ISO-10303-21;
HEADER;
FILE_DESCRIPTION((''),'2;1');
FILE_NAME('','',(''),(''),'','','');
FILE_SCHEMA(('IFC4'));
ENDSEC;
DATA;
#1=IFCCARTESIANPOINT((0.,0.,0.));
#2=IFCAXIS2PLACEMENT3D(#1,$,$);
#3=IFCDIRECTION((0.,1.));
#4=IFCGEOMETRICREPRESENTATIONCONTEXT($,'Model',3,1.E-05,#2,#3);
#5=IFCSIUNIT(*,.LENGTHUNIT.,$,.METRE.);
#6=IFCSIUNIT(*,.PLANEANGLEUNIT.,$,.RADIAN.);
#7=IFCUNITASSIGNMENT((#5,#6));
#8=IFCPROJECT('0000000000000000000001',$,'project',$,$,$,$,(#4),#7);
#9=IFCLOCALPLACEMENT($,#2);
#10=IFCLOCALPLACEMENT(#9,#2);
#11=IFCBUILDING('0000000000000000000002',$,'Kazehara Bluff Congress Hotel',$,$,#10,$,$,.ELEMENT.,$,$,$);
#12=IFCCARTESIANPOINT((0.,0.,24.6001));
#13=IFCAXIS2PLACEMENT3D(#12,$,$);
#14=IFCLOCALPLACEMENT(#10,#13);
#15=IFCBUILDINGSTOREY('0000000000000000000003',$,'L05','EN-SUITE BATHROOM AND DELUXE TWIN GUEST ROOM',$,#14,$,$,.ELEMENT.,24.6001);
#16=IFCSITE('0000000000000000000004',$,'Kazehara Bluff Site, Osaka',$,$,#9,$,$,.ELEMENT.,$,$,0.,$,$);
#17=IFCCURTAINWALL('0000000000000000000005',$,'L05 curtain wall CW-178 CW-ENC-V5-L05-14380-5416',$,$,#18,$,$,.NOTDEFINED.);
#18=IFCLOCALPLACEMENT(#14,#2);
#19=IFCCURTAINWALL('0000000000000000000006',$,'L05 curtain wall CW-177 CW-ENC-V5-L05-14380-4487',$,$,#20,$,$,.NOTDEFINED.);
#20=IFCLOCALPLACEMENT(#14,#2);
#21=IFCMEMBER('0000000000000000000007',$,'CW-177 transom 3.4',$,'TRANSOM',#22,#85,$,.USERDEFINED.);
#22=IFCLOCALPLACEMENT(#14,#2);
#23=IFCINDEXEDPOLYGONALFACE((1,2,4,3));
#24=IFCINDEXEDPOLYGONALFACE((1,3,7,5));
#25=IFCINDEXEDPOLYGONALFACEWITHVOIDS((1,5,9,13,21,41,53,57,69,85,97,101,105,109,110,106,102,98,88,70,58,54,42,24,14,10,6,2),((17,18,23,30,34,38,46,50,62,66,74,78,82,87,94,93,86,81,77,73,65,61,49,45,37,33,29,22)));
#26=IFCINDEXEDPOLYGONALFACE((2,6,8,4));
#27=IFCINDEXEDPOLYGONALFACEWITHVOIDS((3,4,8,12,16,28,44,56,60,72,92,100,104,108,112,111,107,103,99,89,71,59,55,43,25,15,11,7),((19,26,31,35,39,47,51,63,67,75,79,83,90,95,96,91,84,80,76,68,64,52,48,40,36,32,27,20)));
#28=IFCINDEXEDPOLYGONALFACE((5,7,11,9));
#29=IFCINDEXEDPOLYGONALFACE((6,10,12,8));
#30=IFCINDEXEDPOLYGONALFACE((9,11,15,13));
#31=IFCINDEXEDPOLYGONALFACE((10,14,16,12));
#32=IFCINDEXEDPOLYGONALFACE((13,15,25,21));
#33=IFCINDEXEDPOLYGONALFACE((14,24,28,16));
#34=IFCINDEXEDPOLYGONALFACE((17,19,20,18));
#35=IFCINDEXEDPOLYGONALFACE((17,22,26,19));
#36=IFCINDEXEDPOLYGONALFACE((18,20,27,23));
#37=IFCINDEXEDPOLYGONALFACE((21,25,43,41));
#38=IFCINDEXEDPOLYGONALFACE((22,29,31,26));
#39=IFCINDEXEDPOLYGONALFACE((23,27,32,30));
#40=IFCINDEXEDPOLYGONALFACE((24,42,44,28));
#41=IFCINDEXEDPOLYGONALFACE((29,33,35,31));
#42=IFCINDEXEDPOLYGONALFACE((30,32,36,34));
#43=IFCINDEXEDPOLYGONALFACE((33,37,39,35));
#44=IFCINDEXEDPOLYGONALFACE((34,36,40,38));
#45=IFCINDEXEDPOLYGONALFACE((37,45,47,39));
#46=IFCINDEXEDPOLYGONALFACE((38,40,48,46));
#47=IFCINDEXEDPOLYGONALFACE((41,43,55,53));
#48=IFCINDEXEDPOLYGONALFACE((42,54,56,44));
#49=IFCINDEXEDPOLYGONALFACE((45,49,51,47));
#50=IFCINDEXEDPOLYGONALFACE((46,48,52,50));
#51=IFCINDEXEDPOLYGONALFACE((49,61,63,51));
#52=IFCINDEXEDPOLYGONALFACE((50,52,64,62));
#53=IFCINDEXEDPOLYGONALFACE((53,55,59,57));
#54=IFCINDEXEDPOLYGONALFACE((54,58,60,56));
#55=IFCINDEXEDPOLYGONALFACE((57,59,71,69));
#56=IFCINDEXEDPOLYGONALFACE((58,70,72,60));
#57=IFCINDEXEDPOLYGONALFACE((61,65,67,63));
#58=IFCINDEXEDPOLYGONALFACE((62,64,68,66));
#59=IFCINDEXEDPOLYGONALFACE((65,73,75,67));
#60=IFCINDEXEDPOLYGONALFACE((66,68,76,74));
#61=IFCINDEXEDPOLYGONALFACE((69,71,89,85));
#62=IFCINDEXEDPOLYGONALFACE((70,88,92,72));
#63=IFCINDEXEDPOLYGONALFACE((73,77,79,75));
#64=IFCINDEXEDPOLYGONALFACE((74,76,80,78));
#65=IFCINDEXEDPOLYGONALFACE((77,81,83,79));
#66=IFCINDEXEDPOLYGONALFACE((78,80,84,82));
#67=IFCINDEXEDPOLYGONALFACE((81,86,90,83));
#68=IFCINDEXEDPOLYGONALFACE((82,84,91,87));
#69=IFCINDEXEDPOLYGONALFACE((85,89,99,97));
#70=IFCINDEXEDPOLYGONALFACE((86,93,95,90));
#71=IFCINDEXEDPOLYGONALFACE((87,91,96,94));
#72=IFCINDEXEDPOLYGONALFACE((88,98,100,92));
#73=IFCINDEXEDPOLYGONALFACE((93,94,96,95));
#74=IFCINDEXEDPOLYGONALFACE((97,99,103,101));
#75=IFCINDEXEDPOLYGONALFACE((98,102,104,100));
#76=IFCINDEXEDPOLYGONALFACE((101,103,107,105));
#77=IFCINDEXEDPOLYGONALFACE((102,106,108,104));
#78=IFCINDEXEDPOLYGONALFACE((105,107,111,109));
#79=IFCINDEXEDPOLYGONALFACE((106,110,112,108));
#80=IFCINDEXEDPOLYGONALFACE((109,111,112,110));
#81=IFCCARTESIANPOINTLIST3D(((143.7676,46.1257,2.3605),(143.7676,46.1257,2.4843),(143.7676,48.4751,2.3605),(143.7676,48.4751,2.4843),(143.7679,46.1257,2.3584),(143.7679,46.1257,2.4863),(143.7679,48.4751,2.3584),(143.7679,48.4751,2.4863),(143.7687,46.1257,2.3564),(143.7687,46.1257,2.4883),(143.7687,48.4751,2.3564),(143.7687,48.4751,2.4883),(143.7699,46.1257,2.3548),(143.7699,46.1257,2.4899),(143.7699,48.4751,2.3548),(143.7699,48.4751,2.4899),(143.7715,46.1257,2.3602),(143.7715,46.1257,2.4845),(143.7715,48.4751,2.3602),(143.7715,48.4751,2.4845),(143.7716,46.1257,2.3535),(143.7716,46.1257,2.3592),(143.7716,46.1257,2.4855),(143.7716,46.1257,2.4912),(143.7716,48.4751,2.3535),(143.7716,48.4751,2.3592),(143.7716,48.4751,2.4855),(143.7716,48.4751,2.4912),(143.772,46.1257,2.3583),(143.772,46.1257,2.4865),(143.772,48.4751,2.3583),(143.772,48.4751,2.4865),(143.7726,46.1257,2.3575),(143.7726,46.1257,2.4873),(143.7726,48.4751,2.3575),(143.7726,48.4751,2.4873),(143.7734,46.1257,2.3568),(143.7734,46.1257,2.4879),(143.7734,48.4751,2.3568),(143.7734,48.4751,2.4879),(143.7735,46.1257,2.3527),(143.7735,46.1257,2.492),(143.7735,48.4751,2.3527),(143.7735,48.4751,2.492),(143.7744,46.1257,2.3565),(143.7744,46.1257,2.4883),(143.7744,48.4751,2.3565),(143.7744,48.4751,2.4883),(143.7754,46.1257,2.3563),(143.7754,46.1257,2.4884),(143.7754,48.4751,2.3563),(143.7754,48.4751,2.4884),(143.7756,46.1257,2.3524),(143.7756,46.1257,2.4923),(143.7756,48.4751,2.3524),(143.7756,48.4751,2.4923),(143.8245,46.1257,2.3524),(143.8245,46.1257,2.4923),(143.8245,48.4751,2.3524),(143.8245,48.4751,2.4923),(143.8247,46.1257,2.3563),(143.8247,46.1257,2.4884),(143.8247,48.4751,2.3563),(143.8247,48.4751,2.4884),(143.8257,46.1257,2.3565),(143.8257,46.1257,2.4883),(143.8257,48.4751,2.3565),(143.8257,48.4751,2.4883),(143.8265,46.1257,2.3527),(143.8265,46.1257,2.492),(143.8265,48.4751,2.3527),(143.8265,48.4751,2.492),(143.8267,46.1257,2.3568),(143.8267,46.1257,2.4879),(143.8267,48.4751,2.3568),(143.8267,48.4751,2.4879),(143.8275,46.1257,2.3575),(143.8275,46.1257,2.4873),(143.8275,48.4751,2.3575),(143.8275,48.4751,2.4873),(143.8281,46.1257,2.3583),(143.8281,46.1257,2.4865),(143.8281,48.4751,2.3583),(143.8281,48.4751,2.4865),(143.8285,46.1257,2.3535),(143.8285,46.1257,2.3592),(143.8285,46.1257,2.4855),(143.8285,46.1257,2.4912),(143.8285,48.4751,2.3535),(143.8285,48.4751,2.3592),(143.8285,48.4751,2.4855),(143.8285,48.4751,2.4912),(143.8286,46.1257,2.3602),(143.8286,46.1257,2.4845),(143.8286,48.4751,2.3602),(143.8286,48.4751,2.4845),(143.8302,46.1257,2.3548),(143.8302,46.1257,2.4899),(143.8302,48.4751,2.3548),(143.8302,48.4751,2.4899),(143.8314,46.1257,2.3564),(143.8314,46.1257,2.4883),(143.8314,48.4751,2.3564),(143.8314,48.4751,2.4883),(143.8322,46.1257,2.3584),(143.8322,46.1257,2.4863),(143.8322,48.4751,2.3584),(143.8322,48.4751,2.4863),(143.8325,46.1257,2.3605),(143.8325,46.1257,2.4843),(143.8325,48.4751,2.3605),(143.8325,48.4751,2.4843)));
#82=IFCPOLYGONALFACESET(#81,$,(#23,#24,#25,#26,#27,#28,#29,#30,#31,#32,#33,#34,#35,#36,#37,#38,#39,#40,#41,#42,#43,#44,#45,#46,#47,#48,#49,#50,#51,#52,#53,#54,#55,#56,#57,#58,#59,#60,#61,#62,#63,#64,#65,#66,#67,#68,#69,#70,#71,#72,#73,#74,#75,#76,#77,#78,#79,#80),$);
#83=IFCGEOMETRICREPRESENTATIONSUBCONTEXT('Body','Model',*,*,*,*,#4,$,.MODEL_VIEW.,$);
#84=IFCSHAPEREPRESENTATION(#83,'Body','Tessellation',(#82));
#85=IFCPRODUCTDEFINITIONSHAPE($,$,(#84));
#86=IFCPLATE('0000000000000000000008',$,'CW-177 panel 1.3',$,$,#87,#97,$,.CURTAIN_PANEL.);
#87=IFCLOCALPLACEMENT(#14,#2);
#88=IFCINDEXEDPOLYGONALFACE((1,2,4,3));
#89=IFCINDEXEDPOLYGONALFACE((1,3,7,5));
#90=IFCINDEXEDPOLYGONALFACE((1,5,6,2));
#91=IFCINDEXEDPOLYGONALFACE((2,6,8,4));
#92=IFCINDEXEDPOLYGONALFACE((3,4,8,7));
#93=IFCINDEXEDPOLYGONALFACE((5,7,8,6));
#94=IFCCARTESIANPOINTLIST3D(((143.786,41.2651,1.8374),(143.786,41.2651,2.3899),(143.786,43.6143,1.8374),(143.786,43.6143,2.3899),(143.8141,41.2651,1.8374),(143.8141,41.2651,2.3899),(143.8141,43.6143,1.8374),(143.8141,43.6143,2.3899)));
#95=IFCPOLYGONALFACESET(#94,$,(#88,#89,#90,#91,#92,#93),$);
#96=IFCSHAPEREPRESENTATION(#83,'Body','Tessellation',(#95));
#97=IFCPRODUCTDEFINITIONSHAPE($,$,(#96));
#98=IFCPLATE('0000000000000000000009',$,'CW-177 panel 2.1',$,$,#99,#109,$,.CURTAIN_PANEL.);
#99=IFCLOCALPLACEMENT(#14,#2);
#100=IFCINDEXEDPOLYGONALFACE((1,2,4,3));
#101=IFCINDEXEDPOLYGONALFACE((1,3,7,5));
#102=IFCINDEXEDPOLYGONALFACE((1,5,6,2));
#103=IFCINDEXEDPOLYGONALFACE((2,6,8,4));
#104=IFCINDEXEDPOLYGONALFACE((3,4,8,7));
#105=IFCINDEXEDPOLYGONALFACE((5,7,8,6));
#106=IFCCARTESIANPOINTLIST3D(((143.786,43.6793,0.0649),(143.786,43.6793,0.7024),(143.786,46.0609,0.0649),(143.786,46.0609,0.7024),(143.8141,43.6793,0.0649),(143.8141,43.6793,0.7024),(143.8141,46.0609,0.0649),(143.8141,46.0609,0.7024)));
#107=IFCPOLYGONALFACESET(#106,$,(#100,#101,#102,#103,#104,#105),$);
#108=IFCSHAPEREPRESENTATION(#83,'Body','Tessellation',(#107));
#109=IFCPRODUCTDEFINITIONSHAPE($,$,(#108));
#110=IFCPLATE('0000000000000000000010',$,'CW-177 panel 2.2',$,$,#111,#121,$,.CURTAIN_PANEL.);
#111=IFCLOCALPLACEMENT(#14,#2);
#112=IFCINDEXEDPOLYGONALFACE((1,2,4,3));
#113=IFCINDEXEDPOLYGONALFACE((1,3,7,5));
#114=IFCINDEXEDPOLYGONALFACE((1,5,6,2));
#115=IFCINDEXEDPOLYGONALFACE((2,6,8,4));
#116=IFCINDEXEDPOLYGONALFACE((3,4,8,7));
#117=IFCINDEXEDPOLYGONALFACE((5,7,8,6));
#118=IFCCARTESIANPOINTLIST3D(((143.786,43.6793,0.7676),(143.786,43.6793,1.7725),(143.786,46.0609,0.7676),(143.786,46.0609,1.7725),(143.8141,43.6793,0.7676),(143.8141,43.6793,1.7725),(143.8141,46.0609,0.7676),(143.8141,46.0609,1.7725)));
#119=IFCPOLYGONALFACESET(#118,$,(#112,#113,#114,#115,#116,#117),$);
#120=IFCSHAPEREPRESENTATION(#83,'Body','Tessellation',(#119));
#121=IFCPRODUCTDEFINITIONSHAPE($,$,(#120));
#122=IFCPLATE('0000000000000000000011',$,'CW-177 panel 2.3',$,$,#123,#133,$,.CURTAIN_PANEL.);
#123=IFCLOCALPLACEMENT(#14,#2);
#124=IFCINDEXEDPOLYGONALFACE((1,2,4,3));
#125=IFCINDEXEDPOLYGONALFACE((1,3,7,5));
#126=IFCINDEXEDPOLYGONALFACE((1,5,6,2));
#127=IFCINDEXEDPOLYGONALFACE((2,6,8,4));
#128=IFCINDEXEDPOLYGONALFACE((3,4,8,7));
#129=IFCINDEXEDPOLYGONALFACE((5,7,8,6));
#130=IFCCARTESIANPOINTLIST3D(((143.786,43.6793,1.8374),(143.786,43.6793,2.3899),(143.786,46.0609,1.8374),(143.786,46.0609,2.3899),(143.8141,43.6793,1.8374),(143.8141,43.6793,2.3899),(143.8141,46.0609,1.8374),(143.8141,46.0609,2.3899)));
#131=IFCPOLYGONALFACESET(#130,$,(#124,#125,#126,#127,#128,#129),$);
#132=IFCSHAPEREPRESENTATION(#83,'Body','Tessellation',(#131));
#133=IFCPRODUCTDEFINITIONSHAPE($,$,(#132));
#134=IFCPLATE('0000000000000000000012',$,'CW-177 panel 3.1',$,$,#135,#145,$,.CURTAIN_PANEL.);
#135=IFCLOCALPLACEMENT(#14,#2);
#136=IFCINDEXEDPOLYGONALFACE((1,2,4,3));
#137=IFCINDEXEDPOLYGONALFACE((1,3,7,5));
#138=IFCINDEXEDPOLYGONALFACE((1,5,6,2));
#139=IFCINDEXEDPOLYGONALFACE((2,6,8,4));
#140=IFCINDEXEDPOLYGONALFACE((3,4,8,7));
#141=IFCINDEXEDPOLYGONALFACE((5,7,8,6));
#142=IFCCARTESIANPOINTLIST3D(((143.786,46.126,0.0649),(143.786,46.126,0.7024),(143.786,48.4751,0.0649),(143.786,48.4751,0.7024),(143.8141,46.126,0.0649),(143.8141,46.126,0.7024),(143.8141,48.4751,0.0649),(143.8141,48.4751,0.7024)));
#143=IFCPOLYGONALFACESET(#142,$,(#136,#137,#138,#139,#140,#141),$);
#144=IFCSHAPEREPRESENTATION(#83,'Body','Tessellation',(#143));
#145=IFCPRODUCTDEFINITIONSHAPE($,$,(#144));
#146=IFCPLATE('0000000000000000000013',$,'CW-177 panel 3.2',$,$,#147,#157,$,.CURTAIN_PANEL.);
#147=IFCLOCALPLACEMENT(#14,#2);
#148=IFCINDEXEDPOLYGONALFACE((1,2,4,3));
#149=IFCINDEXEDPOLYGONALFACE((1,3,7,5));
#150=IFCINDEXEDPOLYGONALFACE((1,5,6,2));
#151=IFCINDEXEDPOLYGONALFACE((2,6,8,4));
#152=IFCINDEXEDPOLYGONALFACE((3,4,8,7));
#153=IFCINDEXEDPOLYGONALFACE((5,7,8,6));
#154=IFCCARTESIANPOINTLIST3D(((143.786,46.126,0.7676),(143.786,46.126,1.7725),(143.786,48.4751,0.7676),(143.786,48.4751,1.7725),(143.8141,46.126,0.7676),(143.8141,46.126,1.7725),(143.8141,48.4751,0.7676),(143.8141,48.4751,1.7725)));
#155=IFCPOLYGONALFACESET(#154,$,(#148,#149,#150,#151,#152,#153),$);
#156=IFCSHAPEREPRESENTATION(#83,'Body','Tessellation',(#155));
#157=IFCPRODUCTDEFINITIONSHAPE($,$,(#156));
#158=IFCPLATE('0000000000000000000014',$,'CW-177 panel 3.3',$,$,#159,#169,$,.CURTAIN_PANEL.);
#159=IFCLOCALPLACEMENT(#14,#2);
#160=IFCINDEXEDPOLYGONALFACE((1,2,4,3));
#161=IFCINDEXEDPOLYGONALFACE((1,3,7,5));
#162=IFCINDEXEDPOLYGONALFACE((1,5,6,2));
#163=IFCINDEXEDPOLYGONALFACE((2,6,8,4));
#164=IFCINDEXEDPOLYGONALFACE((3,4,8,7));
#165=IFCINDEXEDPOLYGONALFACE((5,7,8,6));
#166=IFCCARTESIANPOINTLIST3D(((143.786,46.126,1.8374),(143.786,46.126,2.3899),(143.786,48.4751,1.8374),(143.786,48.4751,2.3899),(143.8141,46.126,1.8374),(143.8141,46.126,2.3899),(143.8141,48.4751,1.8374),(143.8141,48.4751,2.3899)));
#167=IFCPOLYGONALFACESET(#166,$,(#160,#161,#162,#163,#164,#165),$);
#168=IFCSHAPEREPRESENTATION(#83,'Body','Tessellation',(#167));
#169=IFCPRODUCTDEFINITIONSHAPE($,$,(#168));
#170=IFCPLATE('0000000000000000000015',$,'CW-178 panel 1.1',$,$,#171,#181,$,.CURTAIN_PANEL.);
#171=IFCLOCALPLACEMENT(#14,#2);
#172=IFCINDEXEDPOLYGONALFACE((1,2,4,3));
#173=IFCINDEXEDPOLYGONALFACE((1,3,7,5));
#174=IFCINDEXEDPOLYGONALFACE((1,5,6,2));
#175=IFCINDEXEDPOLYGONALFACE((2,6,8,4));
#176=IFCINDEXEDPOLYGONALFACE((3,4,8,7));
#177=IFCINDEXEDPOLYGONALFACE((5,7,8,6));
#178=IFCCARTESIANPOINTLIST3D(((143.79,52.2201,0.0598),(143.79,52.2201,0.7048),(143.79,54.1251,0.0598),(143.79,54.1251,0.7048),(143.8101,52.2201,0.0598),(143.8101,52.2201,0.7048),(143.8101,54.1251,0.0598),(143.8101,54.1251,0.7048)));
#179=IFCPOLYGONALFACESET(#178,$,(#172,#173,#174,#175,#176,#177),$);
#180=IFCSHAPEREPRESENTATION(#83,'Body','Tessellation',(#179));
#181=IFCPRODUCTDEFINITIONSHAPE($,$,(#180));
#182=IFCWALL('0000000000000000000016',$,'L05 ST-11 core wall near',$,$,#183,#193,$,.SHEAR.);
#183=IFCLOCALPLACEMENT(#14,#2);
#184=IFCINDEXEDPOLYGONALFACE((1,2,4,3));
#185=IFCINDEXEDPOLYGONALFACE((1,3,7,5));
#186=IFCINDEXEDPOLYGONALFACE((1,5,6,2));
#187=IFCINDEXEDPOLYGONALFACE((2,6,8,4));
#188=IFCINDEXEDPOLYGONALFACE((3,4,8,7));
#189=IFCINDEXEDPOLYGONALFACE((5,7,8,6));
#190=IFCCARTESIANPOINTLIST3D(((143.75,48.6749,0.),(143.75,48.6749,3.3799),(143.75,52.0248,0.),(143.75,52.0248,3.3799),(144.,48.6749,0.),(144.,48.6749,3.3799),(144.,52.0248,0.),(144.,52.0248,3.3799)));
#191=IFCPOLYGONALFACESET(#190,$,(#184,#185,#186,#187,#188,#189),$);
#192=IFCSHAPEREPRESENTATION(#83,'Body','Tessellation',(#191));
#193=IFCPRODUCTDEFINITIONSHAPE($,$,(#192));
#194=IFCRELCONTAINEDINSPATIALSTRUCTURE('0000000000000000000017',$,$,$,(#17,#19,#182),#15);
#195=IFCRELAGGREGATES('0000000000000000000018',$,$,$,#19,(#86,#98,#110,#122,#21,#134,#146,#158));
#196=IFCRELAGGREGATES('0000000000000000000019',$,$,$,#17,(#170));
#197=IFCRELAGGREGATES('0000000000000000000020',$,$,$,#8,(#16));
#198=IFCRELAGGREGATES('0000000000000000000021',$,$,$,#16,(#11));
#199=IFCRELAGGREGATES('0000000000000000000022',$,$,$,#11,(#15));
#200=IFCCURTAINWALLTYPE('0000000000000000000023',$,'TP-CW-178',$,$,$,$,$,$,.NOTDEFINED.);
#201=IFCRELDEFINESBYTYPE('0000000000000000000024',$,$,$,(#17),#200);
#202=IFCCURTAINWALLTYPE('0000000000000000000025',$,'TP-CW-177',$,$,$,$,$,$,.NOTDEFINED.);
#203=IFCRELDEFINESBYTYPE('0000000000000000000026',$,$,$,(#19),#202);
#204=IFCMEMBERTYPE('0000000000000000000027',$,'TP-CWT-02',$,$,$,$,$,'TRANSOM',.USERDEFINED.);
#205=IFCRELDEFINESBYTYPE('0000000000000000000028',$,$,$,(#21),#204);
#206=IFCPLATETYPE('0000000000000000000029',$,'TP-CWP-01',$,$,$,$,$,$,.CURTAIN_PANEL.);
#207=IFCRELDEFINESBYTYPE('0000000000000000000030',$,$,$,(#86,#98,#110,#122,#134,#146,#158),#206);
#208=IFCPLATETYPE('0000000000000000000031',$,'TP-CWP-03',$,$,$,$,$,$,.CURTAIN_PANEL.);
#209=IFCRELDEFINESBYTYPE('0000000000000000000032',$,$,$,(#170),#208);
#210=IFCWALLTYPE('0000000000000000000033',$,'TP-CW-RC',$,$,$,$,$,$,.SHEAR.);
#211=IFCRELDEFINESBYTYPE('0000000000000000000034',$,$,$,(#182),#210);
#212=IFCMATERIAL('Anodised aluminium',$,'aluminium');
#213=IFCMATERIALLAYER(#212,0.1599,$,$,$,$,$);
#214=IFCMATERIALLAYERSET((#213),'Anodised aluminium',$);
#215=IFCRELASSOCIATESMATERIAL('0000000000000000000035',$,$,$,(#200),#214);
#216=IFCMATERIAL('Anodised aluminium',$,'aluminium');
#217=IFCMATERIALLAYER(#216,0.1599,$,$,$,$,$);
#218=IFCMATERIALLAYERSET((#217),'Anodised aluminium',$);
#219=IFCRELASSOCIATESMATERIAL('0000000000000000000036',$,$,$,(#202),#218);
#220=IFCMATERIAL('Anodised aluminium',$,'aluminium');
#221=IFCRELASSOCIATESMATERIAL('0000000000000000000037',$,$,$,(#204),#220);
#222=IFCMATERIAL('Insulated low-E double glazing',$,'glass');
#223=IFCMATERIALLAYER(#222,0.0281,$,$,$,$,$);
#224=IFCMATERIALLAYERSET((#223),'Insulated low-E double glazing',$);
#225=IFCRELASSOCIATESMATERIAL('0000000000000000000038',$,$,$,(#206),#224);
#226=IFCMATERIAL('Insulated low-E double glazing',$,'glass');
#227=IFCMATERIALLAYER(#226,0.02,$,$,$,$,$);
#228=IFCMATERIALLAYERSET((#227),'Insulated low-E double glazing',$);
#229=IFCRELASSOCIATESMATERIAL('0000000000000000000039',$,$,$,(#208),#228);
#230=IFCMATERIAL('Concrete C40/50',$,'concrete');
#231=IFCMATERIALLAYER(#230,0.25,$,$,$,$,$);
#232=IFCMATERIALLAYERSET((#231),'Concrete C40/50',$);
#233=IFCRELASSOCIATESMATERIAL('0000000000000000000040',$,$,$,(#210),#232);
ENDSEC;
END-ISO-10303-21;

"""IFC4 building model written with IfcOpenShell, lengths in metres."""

from ifc_helpers import new_model, si_unit, direction, frame, frame_2d, origin, origin_2d, place, context, subcontext, project, spatial, rectangle, hollow_rectangle, extrude, material, layer, layer_set, material_profile, profile_set, type_object, element, aggregate, save


model = new_model("IFC4")

# Units and contexts
model_context = context("Model", 3, precision=1e-05, world=origin(), true_north=direction((0.0, 1.0)))
body_context = subcontext(model_context, "Body", "Model", "MODEL_VIEW")
ifc_project = project(units=[si_unit("LENGTHUNIT", "METRE"), si_unit("PLANEANGLEUNIT", "RADIAN")], contexts=[model_context])

# Site, building, storey
site_placement = place(None, origin())
site = spatial("IfcSite", under=ifc_project, at=site_placement, Name="Kazehara Bluff Site, Osaka", CompositionType="ELEMENT", RefElevation=0.0)
building_placement = place(site_placement, origin())
building = spatial("IfcBuilding", under=site, at=building_placement, Name="Kazehara Bluff Congress Hotel", CompositionType="ELEMENT")
storey_placement = place(building_placement, frame((0.0, 0.0, 24.6001)))
storey = spatial("IfcBuildingStorey", under=building, at=storey_placement, Name="L05", Description="EN-SUITE BATHROOM AND DELUXE TWIN GUEST ROOM", CompositionType="ELEMENT", Elevation=24.6001)

# Curtain wall
ifc_material_1 = material(Name="Anodised aluminium", Category="aluminium")
ifc_layer_1 = layer(ifc_material_1, 0.1599)
ifc_layer_set_1 = layer_set([ifc_layer_1], Name="Anodised aluminium")
curtain_wall_type_1 = type_object("IfcCurtainWallType", Name="TP-CW-178", PredefinedType="NOTDEFINED", material=ifc_layer_set_1)
curtain_wall_1_placement = place(storey_placement, origin())
curtain_wall_1 = element("IfcCurtainWall", 1, at=curtain_wall_1_placement, inside=storey, type_object=curtain_wall_type_1, Name="L05 curtain wall CW-178 CW-ENC-V5-L05-14380-5416", PredefinedType="NOTDEFINED")

# Curtain wall, member, plates
ifc_material_2 = material(Name="Anodised aluminium", Category="aluminium")
ifc_layer_2 = layer(ifc_material_2, 0.1599)
ifc_layer_set_2 = layer_set([ifc_layer_2], Name="Anodised aluminium")
curtain_wall_type_2 = type_object("IfcCurtainWallType", Name="TP-CW-177", PredefinedType="NOTDEFINED", material=ifc_layer_set_2)
curtain_wall_2_placement = place(storey_placement, origin())
curtain_wall_2 = element("IfcCurtainWall", 2, at=curtain_wall_2_placement, inside=storey, type_object=curtain_wall_type_2, Name="L05 curtain wall CW-177 CW-ENC-V5-L05-14380-4487", PredefinedType="NOTDEFINED")
ifc_material_3 = material(Name="Anodised aluminium", Category="aluminium")
ifc_material_profile_1 = material_profile(ifc_material_3, hollow_rectangle(XDim=0.0649, YDim=0.1399, WallThickness=0.0039, InnerFilletRadius=0.0039, OuterFilletRadius=0.0081, at=origin_2d()))
ifc_profile_set_1 = profile_set([ifc_material_profile_1], Name="Anodised aluminium")
member_type_1 = type_object("IfcMemberType", Name="TP-CWT-02", ElementType="TRANSOM", PredefinedType="USERDEFINED", material=ifc_profile_set_1)
member_1_placement = place(storey_placement, frame((143.8, 46.1257, 2.4224), z_axis=(0.0, 1.0, 0.0), x_axis=(-1.0, 0.0, 0.0)))
member_1 = element("IfcMember", 3, at=member_1_placement, type_object=member_type_1, Name="CW-177 transom 3.4", ObjectType="TRANSOM", PredefinedType="USERDEFINED", context=body_context, shape_type="SweptSolid", body=[
    extrude(hollow_rectangle(XDim=0.0649, YDim=0.1399, WallThickness=0.0039, InnerFilletRadius=0.0039, OuterFilletRadius=0.0081, at=origin_2d()), origin(), (0.0, 0.0, 1.0), 2.3494),
])
ifc_material_4 = material(Name="Insulated low-E double glazing", Category="glass")
ifc_layer_3 = layer(ifc_material_4, 0.0281)
ifc_layer_set_3 = layer_set([ifc_layer_3], Name="Insulated low-E double glazing")
plate_type_1 = type_object("IfcPlateType", Name="TP-CWP-01", PredefinedType="CURTAIN_PANEL", material=ifc_layer_set_3)
plate_1_placement = place(storey_placement, frame((143.8, 42.4397, 1.8374), z_axis=(0.0, 0.0, 1.0), x_axis=(0.0, 1.0, 0.0)))
plate_1 = element("IfcPlate", 4, at=plate_1_placement, type_object=plate_type_1, Name="CW-177 panel 1.3", PredefinedType="CURTAIN_PANEL", context=body_context, shape_type="SweptSolid", body=[
    extrude(rectangle(XDim=2.3491, YDim=0.0281, at=origin_2d()), origin(), (0.0, 0.0, 1.0), 0.5525),
])
plate_2_placement = place(storey_placement, frame((143.8, 44.8701, 0.0649), z_axis=(0.0, 0.0, 1.0), x_axis=(0.0, 1.0, 0.0)))
plate_2 = element("IfcPlate", 5, at=plate_2_placement, type_object=plate_type_1, Name="CW-177 panel 2.1", PredefinedType="CURTAIN_PANEL", context=body_context, shape_type="SweptSolid", body=[
    extrude(rectangle(XDim=2.3816, YDim=0.0281, at=origin_2d()), origin(), (0.0, 0.0, 1.0), 0.6375),
])
plate_3_placement = place(storey_placement, frame((143.8, 44.8701, 0.7676), z_axis=(0.0, 0.0, 1.0), x_axis=(0.0, 1.0, 0.0)))
plate_3 = element("IfcPlate", 6, at=plate_3_placement, type_object=plate_type_1, Name="CW-177 panel 2.2", PredefinedType="CURTAIN_PANEL", context=body_context, shape_type="SweptSolid", body=[
    extrude(rectangle(XDim=2.3816, YDim=0.0281, at=origin_2d()), origin(), (0.0, 0.0, 1.0), 1.0049),
])
plate_4_placement = place(storey_placement, frame((143.8, 44.8701, 1.8374), z_axis=(0.0, 0.0, 1.0), x_axis=(0.0, 1.0, 0.0)))
plate_4 = element("IfcPlate", 7, at=plate_4_placement, type_object=plate_type_1, Name="CW-177 panel 2.3", PredefinedType="CURTAIN_PANEL", context=body_context, shape_type="SweptSolid", body=[
    extrude(rectangle(XDim=2.3816, YDim=0.0281, at=origin_2d()), origin(), (0.0, 0.0, 1.0), 0.5525),
])
plate_5_placement = place(storey_placement, frame((143.8, 47.3005, 0.0649), z_axis=(0.0, 0.0, 1.0), x_axis=(0.0, 1.0, 0.0)))
plate_5 = element("IfcPlate", 8, at=plate_5_placement, type_object=plate_type_1, Name="CW-177 panel 3.1", PredefinedType="CURTAIN_PANEL", context=body_context, shape_type="SweptSolid", body=[
    extrude(rectangle(XDim=2.3491, YDim=0.0281, at=origin_2d()), origin(), (0.0, 0.0, 1.0), 0.6375),
])
plate_6_placement = place(storey_placement, frame((143.8, 47.3005, 0.7676), z_axis=(0.0, 0.0, 1.0), x_axis=(0.0, 1.0, 0.0)))
plate_6 = element("IfcPlate", 9, at=plate_6_placement, type_object=plate_type_1, Name="CW-177 panel 3.2", PredefinedType="CURTAIN_PANEL", context=body_context, shape_type="SweptSolid", body=[
    extrude(rectangle(XDim=2.3491, YDim=0.0281, at=origin_2d()), origin(), (0.0, 0.0, 1.0), 1.0049),
])
plate_7_placement = place(storey_placement, frame((143.8, 47.3005, 1.8374), z_axis=(0.0, 0.0, 1.0), x_axis=(0.0, 1.0, 0.0)))
plate_7 = element("IfcPlate", 10, at=plate_7_placement, type_object=plate_type_1, Name="CW-177 panel 3.3", PredefinedType="CURTAIN_PANEL", context=body_context, shape_type="SweptSolid", body=[
    extrude(rectangle(XDim=2.3491, YDim=0.0281, at=origin_2d()), origin(), (0.0, 0.0, 1.0), 0.5525),
])
aggregate(curtain_wall_2, [plate_1, plate_2, plate_3, plate_4, member_1, plate_5, plate_6, plate_7])

# Plate
ifc_material_5 = material(Name="Insulated low-E double glazing", Category="glass")
ifc_layer_4 = layer(ifc_material_5, 0.02)
ifc_layer_set_4 = layer_set([ifc_layer_4], Name="Insulated low-E double glazing")
plate_type_2 = type_object("IfcPlateType", Name="TP-CWP-03", PredefinedType="CURTAIN_PANEL", material=ifc_layer_set_4)
plate_8_placement = place(storey_placement, frame((143.8, 53.1726, 0.0598), z_axis=(0.0, 0.0, 1.0), x_axis=(0.0, 1.0, 0.0)))
plate_8 = element("IfcPlate", 11, at=plate_8_placement, type_object=plate_type_2, Name="CW-178 panel 1.1", PredefinedType="CURTAIN_PANEL", context=body_context, shape_type="SweptSolid", body=[
    extrude(rectangle(XDim=1.905, YDim=0.02, at=origin_2d()), origin(), (0.0, 0.0, 1.0), 0.645),
])
aggregate(curtain_wall_1, [plate_8])

# Wall
ifc_material_6 = material(Name="Concrete C40/50", Category="concrete")
ifc_layer_5 = layer(ifc_material_6, 0.25)
ifc_layer_set_5 = layer_set([ifc_layer_5], Name="Concrete C40/50")
wall_type = type_object("IfcWallType", Name="TP-CW-RC", PredefinedType="SHEAR", material=ifc_layer_set_5)
wall_1_placement = place(storey_placement, frame((143.875, 48.675, 0.0), z_axis=(0.0, 0.0, 1.0), x_axis=(0.0, 1.0, 0.0)))
element("IfcWall", 12, at=wall_1_placement, inside=storey, type_object=wall_type, Name="L05 ST-11 core wall near", PredefinedType="SHEAR", context=body_context, shape_type="SweptSolid", body=[
    extrude(rectangle(XDim=3.3499, YDim=0.25, at=frame_2d((1.6748, 0.0))), origin(), (0.0, 0.0, 1.0), 3.3799),
])

save(model, "model.ifc")
